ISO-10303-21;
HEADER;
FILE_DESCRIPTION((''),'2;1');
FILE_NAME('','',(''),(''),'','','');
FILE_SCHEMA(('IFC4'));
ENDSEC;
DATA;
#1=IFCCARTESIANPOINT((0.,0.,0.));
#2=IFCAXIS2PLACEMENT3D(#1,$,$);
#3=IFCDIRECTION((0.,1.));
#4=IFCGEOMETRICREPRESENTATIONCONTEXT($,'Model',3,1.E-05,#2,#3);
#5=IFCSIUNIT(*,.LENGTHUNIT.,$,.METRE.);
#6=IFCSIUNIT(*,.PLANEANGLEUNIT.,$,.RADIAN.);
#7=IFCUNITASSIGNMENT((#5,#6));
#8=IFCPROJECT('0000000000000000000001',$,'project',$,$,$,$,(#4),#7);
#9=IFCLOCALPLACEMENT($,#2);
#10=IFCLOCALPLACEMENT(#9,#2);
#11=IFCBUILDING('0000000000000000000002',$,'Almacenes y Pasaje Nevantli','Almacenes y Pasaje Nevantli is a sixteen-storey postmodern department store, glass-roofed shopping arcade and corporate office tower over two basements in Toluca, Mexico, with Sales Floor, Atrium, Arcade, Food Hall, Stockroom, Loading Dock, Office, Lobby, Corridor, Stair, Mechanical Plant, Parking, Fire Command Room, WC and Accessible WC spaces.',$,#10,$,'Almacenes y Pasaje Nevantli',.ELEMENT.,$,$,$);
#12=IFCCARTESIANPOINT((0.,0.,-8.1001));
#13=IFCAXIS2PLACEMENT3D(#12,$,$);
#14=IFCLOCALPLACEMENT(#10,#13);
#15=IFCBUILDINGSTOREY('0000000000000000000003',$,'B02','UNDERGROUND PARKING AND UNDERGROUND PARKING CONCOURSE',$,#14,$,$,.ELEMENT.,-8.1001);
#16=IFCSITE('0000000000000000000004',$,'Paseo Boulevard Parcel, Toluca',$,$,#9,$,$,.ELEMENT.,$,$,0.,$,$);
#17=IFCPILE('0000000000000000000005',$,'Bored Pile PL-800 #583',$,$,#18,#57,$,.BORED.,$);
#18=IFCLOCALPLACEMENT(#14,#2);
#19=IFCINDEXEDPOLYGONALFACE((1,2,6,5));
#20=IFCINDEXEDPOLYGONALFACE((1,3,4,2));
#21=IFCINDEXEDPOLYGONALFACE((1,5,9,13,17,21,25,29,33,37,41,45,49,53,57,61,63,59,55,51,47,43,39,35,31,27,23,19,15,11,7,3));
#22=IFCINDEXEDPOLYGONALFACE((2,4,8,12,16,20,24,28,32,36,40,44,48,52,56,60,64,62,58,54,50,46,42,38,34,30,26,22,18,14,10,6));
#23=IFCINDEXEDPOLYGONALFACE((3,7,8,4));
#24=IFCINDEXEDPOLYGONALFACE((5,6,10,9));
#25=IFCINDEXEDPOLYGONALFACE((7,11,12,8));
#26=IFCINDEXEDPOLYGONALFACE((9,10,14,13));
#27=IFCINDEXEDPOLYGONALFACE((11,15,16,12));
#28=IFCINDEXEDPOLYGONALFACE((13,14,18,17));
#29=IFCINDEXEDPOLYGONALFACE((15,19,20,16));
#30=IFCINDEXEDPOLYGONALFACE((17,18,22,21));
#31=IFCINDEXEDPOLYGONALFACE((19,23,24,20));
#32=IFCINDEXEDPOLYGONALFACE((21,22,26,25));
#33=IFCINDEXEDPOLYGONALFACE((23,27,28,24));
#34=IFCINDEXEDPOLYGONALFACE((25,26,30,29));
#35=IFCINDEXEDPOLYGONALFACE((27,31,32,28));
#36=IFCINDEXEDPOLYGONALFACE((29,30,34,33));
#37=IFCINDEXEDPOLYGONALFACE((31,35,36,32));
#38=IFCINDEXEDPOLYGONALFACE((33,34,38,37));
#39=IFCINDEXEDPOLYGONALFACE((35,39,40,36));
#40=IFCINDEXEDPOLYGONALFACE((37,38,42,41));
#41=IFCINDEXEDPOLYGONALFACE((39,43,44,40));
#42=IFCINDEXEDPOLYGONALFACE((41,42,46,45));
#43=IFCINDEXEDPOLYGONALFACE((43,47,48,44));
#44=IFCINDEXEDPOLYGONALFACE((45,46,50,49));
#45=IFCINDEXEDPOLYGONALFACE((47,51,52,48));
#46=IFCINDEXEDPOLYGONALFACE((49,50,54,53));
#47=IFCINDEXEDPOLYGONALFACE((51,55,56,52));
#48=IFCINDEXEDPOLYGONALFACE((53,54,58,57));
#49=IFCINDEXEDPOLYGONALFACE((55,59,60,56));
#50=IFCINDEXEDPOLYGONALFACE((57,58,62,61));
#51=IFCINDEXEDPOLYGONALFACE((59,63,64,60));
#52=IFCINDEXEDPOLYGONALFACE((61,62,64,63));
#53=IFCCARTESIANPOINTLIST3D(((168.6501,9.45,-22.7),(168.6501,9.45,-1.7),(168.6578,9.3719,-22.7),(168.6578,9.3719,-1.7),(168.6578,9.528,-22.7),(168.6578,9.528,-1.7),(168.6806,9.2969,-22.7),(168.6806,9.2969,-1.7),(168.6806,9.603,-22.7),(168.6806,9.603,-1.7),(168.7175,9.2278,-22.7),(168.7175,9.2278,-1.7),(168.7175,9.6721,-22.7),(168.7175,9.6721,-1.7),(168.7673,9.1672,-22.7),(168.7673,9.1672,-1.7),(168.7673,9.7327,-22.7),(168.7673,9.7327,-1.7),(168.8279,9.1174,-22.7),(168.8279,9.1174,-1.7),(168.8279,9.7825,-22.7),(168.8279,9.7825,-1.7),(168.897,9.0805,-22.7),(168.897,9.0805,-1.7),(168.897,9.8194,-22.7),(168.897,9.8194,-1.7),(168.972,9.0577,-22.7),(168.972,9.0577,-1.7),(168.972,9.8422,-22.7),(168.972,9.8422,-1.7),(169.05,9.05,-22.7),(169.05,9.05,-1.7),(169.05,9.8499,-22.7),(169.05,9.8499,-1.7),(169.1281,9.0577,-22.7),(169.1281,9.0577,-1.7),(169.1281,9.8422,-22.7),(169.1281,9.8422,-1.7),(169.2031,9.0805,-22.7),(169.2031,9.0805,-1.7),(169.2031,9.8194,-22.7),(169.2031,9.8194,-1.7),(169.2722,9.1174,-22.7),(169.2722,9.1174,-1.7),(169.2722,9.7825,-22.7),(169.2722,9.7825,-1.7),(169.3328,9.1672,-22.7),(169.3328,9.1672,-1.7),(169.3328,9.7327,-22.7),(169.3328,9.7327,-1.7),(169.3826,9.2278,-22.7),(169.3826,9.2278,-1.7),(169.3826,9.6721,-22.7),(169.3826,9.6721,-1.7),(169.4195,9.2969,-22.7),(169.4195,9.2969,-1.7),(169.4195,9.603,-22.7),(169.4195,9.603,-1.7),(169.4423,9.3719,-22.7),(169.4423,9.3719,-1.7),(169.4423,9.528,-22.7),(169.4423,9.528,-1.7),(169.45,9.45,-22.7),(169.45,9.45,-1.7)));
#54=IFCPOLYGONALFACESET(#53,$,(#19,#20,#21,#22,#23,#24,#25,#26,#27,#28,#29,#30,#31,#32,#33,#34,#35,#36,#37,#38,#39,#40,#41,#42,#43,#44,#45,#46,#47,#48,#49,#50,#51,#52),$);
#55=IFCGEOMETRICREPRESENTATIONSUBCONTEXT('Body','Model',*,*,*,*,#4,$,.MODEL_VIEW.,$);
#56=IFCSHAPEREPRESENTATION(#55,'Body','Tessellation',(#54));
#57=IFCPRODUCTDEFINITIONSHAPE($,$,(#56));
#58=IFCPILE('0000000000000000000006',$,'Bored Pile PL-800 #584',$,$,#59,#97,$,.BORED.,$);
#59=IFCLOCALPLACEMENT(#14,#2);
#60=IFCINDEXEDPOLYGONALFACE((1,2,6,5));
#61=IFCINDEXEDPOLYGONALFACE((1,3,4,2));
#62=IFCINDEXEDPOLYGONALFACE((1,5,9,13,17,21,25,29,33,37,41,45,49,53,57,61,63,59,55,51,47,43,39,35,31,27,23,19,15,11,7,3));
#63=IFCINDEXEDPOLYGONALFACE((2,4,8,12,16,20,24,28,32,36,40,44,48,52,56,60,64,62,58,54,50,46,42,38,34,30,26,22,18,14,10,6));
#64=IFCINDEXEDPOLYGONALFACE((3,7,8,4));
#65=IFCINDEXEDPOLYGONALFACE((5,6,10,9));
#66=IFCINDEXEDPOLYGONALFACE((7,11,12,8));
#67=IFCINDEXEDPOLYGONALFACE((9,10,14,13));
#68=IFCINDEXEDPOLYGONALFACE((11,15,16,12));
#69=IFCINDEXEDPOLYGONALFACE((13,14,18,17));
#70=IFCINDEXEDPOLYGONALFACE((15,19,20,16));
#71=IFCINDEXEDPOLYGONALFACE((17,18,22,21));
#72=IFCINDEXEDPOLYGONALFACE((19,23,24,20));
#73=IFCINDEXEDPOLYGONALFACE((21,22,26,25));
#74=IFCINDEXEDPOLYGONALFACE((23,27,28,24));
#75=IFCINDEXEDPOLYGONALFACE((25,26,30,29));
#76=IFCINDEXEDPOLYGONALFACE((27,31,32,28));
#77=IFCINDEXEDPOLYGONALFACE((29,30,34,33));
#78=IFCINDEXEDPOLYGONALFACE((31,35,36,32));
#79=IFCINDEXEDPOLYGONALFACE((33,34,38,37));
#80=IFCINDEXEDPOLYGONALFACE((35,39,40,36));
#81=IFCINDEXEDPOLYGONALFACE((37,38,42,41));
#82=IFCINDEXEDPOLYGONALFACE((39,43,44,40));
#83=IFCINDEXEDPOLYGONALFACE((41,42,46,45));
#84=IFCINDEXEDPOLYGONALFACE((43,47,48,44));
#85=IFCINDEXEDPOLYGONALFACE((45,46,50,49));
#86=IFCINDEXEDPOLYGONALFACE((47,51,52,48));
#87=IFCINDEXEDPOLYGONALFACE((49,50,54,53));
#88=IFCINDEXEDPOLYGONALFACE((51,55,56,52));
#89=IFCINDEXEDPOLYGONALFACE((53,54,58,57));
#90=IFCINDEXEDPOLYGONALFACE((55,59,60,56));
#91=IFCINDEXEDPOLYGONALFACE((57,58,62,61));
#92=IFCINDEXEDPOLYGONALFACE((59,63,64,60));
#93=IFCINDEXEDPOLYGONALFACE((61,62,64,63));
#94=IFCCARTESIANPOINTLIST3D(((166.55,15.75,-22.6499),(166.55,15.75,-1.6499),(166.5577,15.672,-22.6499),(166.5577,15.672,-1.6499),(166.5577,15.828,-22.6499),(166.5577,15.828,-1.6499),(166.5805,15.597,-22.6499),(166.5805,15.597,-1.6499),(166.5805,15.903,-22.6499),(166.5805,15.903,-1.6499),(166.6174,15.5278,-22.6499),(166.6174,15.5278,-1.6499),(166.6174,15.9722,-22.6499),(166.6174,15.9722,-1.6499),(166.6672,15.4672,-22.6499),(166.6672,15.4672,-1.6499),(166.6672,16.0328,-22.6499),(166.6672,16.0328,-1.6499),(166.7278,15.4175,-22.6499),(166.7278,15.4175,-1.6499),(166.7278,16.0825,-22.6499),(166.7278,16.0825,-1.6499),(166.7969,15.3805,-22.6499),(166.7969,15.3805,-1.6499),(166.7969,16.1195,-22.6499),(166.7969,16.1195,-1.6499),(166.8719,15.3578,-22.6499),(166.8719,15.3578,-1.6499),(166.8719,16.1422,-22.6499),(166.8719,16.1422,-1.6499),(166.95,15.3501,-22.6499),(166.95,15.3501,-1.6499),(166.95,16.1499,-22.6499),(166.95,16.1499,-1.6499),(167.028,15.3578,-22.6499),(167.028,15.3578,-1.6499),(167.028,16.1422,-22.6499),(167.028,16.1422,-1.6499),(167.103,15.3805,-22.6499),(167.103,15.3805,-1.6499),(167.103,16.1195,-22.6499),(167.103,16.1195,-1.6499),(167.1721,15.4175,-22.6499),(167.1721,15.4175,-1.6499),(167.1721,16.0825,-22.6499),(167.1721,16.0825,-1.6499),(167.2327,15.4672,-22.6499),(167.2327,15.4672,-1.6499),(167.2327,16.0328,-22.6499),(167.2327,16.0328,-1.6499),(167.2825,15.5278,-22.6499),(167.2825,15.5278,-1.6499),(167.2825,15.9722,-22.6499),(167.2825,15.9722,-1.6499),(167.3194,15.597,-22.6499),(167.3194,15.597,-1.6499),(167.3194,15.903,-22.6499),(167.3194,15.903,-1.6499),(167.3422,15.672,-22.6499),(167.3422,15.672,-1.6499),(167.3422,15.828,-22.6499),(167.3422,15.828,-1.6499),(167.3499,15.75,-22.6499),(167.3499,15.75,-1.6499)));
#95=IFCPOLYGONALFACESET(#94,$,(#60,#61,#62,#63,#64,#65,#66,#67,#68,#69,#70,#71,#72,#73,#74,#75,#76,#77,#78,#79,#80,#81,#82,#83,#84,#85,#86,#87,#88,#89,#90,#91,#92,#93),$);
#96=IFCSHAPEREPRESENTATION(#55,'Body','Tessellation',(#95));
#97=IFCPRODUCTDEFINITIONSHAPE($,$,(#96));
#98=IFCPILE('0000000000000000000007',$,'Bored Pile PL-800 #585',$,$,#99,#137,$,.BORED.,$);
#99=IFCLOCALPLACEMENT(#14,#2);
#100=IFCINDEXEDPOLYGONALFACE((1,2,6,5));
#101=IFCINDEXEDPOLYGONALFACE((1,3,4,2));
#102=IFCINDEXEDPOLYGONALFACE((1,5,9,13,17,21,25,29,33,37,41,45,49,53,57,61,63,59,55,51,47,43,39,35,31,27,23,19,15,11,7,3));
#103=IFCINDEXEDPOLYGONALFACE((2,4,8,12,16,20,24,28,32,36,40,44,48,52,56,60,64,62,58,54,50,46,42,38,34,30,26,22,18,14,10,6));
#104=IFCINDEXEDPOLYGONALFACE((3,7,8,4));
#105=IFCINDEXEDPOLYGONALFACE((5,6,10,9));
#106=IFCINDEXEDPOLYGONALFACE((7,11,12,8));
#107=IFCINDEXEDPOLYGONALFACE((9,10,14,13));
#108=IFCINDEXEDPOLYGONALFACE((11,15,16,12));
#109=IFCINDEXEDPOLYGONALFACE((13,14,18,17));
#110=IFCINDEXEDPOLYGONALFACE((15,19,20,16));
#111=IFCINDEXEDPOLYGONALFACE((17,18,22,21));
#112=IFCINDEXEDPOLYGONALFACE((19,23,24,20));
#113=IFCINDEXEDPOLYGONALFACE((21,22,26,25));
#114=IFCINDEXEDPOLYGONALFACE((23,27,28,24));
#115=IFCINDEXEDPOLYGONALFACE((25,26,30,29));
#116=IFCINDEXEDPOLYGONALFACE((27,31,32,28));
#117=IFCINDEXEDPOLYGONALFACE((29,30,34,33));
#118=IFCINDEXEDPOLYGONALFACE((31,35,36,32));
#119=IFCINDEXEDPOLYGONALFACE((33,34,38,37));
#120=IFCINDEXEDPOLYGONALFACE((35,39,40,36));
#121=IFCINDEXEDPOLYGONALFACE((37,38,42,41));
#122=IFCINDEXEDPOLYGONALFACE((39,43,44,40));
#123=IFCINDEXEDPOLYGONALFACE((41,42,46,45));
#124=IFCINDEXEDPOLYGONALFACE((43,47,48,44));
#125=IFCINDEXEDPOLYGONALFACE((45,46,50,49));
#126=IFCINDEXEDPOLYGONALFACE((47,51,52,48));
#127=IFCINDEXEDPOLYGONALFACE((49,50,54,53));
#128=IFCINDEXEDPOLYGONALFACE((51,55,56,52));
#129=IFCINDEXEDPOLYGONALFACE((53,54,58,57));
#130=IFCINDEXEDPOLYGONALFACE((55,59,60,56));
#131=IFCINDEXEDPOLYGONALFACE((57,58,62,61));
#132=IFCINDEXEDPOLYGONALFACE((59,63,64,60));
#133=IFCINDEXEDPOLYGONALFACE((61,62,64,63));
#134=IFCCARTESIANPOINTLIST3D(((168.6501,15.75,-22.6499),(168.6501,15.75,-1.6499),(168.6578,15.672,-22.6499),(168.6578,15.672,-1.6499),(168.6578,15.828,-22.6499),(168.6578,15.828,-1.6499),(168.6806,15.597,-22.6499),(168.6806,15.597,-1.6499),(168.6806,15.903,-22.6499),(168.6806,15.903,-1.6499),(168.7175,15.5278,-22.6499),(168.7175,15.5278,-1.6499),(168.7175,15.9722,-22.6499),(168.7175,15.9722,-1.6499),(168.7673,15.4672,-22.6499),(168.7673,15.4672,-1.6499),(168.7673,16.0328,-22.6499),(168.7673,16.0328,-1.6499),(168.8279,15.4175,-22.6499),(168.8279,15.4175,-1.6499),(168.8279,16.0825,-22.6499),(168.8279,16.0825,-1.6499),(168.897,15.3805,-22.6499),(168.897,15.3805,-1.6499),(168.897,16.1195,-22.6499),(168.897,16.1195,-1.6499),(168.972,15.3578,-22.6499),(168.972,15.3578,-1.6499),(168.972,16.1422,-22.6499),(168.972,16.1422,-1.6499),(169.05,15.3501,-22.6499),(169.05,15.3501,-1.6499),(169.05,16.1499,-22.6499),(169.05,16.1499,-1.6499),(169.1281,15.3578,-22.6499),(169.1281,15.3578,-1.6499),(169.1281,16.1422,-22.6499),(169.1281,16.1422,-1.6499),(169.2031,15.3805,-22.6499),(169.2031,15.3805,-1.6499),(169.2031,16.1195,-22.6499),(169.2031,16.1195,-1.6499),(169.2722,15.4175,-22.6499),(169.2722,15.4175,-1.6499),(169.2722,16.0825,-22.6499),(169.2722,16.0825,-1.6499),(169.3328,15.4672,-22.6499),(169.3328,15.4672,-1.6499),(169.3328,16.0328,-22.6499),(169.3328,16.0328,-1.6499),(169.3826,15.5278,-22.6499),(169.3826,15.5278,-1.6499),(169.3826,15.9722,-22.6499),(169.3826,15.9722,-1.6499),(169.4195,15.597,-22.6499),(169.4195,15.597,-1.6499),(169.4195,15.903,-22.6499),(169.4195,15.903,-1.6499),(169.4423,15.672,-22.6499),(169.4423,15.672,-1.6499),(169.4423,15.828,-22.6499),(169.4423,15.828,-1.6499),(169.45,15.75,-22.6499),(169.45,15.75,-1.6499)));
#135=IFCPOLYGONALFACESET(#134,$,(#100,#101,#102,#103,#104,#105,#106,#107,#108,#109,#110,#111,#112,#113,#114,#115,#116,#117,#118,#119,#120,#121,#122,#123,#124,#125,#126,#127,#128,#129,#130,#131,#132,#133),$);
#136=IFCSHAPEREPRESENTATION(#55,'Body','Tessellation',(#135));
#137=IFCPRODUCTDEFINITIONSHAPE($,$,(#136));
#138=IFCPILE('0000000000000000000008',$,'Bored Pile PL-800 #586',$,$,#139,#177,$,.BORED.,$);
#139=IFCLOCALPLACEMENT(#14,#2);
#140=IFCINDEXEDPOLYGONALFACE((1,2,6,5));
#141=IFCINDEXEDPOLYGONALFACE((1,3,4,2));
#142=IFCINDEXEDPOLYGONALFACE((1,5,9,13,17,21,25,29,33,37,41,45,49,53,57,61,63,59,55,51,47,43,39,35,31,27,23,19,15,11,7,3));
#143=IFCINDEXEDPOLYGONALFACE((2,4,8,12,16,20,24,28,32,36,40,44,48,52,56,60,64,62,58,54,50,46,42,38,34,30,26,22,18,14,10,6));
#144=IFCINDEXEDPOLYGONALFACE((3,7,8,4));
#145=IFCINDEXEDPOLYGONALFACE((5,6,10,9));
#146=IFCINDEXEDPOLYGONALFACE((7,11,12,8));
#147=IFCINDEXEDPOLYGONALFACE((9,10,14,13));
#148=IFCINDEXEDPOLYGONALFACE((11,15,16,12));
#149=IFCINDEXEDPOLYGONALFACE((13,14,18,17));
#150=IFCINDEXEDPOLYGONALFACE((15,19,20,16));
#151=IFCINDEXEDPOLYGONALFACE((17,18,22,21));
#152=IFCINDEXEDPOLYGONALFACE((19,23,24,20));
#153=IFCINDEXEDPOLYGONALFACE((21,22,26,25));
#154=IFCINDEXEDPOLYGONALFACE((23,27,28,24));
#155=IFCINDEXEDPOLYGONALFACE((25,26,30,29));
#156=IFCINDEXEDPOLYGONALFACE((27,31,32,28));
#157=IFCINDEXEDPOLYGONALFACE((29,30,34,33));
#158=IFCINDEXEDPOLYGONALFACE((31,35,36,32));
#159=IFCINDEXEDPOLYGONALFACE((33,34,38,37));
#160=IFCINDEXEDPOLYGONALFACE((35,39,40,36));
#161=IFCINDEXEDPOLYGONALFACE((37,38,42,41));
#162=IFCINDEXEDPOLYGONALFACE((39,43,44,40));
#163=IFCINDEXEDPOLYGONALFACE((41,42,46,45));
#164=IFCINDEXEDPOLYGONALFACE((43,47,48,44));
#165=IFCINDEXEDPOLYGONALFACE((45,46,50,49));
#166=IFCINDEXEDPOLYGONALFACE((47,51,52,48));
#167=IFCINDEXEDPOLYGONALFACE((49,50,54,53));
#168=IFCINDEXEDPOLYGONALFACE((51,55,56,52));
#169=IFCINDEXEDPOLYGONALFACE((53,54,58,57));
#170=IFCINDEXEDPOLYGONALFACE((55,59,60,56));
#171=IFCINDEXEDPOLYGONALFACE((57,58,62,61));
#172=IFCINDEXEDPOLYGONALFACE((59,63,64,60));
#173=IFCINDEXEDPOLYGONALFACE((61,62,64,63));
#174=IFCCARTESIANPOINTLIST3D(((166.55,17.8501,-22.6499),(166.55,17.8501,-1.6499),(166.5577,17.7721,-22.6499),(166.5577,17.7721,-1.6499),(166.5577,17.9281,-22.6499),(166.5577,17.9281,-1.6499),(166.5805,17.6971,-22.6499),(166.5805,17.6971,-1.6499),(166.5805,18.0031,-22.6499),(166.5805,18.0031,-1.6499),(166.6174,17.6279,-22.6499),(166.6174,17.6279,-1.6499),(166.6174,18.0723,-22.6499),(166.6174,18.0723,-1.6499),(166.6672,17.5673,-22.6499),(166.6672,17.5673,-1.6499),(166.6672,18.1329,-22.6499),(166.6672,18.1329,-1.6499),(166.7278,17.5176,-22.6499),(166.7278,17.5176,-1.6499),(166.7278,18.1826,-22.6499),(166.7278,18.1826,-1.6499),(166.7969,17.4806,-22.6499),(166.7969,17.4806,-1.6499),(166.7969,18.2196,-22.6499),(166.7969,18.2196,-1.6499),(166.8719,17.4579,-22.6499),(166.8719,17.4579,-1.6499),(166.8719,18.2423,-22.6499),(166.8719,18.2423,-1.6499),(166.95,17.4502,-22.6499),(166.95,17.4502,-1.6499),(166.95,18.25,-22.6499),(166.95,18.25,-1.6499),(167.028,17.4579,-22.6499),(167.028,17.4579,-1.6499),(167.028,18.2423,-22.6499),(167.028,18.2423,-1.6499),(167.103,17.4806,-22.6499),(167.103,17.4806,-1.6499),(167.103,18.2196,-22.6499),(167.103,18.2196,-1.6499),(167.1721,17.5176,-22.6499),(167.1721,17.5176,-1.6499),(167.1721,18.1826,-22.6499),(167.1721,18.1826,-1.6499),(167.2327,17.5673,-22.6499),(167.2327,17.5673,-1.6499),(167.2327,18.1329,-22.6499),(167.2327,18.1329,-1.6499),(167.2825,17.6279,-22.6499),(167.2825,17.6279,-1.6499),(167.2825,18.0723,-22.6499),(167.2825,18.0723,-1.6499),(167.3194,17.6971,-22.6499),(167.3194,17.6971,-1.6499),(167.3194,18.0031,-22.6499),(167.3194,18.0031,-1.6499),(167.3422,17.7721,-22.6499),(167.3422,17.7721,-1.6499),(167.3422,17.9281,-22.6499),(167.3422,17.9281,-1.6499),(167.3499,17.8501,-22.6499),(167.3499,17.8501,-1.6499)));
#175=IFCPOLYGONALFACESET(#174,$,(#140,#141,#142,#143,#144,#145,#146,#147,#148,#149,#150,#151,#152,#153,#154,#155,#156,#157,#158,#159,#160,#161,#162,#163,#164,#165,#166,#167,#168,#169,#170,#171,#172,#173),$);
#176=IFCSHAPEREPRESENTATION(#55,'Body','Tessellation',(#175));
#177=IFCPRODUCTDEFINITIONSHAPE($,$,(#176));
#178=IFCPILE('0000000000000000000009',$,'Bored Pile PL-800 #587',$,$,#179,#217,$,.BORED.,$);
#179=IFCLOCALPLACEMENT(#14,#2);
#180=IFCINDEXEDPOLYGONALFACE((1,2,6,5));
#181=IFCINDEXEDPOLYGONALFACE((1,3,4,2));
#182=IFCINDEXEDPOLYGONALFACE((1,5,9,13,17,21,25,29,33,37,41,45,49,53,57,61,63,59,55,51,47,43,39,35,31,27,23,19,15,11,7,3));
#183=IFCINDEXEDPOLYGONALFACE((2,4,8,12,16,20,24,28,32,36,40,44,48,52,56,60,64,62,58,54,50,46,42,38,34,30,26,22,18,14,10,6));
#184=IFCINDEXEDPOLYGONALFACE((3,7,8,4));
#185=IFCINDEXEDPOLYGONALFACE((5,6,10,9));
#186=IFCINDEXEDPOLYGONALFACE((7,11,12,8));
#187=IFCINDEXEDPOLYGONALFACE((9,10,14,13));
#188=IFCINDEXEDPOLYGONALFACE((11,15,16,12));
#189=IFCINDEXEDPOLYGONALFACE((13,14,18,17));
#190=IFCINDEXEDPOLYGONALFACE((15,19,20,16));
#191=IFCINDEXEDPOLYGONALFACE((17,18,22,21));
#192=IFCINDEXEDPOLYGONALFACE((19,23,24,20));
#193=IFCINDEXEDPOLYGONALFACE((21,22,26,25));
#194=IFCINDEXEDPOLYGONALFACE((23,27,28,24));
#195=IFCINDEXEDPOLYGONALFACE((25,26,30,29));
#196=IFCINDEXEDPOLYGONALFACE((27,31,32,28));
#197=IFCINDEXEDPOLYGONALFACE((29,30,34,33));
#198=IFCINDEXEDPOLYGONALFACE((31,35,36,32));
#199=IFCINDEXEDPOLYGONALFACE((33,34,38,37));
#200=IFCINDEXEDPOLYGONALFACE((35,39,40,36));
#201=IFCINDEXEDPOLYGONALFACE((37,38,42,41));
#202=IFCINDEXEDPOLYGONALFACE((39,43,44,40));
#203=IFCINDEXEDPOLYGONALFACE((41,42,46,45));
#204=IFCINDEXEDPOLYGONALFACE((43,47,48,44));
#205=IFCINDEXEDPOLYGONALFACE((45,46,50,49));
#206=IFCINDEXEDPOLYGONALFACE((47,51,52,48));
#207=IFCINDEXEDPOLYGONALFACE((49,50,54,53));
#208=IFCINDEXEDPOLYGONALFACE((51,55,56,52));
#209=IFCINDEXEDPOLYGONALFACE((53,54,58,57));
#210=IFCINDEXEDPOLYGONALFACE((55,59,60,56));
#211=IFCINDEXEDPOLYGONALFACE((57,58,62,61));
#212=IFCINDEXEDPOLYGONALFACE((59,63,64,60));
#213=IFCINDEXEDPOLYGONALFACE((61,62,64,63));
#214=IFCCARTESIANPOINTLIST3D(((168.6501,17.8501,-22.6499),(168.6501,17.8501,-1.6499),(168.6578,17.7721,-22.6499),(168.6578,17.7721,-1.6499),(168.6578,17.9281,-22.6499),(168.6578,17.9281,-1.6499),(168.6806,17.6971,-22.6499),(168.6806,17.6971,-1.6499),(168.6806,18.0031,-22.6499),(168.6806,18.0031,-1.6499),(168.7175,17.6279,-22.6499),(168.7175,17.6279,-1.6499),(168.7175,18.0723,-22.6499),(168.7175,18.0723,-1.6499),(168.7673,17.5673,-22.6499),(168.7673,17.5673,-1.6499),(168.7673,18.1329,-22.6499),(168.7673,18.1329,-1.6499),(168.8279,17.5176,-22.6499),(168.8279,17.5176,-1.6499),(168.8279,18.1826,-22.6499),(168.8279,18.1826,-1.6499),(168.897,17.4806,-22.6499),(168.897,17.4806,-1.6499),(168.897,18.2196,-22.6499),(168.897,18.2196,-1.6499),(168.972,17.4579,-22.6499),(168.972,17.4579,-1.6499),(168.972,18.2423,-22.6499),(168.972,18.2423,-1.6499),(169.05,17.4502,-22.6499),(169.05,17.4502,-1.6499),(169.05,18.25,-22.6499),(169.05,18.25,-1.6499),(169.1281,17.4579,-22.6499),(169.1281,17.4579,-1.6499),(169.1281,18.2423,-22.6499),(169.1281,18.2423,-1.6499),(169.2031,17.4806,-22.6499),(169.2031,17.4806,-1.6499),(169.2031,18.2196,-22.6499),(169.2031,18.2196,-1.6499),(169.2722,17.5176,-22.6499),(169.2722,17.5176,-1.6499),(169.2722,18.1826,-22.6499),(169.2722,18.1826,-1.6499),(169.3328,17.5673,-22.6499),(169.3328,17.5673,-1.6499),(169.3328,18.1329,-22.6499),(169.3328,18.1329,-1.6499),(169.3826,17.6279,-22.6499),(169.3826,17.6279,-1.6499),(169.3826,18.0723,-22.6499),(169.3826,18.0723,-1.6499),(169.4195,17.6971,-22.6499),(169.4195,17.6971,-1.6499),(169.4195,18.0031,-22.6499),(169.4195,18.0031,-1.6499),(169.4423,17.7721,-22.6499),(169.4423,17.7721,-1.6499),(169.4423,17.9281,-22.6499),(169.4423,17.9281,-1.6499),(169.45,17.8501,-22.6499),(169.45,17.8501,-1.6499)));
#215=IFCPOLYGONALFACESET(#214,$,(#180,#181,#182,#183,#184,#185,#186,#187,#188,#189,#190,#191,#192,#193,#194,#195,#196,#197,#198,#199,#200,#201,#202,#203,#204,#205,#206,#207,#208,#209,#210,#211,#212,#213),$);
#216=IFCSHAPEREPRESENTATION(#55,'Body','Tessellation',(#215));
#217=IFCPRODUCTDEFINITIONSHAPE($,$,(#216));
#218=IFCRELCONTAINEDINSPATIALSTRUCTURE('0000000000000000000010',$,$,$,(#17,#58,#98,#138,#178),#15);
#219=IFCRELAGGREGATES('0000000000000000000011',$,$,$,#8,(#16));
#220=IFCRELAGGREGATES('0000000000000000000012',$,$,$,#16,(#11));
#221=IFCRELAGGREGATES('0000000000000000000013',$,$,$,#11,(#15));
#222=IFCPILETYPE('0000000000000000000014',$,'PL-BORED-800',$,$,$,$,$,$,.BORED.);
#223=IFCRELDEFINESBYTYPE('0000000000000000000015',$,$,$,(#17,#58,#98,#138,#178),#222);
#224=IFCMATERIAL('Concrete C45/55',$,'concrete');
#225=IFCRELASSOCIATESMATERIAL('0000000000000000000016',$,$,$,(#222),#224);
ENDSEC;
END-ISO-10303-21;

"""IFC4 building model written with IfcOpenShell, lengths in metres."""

from ifc_helpers import new_model, si_unit, direction, frame, origin, origin_2d, place, context, subcontext, project, spatial, circle, extrude, material, material_profile, profile_set, type_object, element, save


model = new_model("IFC4")

# Units and contexts
model_context = context("Model", 3, precision=1e-05, world=origin(), true_north=direction((0.0, 1.0)))
body_context = subcontext(model_context, "Body", "Model", "MODEL_VIEW")
ifc_project = project(units=[si_unit("LENGTHUNIT", "METRE"), si_unit("PLANEANGLEUNIT", "RADIAN")], contexts=[model_context])

# Site, building, storey
site_placement = place(None, origin())
site = spatial("IfcSite", under=ifc_project, at=site_placement, Name="Paseo Boulevard Parcel, Toluca", CompositionType="ELEMENT", RefElevation=0.0)
building_placement = place(site_placement, origin())
building = spatial("IfcBuilding", under=site, at=building_placement, Name="Almacenes y Pasaje Nevantli", Description="Almacenes y Pasaje Nevantli is a sixteen-storey postmodern department store, glass-roofed shopping arcade and corporate office tower over two basements in Toluca, Mexico, with Sales Floor, Atrium, Arcade, Food Hall, Stockroom, Loading Dock, Office, Lobby, Corridor, Stair, Mechanical Plant, Parking, Fire Command Room, WC and Accessible WC spaces.", LongName="Almacenes y Pasaje Nevantli", CompositionType="ELEMENT")
storey_placement = place(building_placement, frame((0.0, 0.0, -8.1001)))
storey = spatial("IfcBuildingStorey", under=building, at=storey_placement, Name="B02", Description="UNDERGROUND PARKING AND UNDERGROUND PARKING CONCOURSE", CompositionType="ELEMENT", Elevation=-8.1001)

# Piles
ifc_material_1 = material(Name="Concrete C45/55", Category="concrete")
ifc_material_profile_1 = material_profile(ifc_material_1, circle(Radius=0.3999, at=origin_2d()), Name="RC-PILE-D800")
ifc_profile_set_1 = profile_set([ifc_material_profile_1], Name="Concrete C45/55")
pile_type_1 = type_object("IfcPileType", Name="PL-BORED-800", PredefinedType="BORED", material=ifc_profile_set_1)
for number, where, z_axis, x_axis, name in (
    (1, (169.05, 9.45, -1.7), (0.0, 0.0, -1.0), (1.0, 0.0, 0.0), "Bored Pile PL-800 #583"),
    (2, (166.95, 15.75, -1.6499), (0.0, 0.0, -1.0), (1.0, 0.0, 0.0), "Bored Pile PL-800 #584"),
    (3, (169.05, 15.75, -1.6499), (0.0, 0.0, -1.0), (1.0, 0.0, 0.0), "Bored Pile PL-800 #585"),
    (4, (166.95, 17.8501, -1.6499), (0.0, 0.0, -1.0), (1.0, 0.0, 0.0), "Bored Pile PL-800 #586"),
    (5, (169.05, 17.8501, -1.6499), (0.0, 0.0, -1.0), (1.0, 0.0, 0.0), "Bored Pile PL-800 #587"),
):
    element("IfcPile", number, at=place(storey_placement, frame(where, z_axis=z_axis, x_axis=x_axis)), inside=storey, type_object=pile_type_1, Name=name, PredefinedType="BORED", context=body_context, shape_type="SweptSolid", body=[
        extrude(circle(Radius=0.3999, at=origin_2d()), origin(), (0.0, 0.0, 1.0), 21.0),
    ])

save(model, "model.ifc")
